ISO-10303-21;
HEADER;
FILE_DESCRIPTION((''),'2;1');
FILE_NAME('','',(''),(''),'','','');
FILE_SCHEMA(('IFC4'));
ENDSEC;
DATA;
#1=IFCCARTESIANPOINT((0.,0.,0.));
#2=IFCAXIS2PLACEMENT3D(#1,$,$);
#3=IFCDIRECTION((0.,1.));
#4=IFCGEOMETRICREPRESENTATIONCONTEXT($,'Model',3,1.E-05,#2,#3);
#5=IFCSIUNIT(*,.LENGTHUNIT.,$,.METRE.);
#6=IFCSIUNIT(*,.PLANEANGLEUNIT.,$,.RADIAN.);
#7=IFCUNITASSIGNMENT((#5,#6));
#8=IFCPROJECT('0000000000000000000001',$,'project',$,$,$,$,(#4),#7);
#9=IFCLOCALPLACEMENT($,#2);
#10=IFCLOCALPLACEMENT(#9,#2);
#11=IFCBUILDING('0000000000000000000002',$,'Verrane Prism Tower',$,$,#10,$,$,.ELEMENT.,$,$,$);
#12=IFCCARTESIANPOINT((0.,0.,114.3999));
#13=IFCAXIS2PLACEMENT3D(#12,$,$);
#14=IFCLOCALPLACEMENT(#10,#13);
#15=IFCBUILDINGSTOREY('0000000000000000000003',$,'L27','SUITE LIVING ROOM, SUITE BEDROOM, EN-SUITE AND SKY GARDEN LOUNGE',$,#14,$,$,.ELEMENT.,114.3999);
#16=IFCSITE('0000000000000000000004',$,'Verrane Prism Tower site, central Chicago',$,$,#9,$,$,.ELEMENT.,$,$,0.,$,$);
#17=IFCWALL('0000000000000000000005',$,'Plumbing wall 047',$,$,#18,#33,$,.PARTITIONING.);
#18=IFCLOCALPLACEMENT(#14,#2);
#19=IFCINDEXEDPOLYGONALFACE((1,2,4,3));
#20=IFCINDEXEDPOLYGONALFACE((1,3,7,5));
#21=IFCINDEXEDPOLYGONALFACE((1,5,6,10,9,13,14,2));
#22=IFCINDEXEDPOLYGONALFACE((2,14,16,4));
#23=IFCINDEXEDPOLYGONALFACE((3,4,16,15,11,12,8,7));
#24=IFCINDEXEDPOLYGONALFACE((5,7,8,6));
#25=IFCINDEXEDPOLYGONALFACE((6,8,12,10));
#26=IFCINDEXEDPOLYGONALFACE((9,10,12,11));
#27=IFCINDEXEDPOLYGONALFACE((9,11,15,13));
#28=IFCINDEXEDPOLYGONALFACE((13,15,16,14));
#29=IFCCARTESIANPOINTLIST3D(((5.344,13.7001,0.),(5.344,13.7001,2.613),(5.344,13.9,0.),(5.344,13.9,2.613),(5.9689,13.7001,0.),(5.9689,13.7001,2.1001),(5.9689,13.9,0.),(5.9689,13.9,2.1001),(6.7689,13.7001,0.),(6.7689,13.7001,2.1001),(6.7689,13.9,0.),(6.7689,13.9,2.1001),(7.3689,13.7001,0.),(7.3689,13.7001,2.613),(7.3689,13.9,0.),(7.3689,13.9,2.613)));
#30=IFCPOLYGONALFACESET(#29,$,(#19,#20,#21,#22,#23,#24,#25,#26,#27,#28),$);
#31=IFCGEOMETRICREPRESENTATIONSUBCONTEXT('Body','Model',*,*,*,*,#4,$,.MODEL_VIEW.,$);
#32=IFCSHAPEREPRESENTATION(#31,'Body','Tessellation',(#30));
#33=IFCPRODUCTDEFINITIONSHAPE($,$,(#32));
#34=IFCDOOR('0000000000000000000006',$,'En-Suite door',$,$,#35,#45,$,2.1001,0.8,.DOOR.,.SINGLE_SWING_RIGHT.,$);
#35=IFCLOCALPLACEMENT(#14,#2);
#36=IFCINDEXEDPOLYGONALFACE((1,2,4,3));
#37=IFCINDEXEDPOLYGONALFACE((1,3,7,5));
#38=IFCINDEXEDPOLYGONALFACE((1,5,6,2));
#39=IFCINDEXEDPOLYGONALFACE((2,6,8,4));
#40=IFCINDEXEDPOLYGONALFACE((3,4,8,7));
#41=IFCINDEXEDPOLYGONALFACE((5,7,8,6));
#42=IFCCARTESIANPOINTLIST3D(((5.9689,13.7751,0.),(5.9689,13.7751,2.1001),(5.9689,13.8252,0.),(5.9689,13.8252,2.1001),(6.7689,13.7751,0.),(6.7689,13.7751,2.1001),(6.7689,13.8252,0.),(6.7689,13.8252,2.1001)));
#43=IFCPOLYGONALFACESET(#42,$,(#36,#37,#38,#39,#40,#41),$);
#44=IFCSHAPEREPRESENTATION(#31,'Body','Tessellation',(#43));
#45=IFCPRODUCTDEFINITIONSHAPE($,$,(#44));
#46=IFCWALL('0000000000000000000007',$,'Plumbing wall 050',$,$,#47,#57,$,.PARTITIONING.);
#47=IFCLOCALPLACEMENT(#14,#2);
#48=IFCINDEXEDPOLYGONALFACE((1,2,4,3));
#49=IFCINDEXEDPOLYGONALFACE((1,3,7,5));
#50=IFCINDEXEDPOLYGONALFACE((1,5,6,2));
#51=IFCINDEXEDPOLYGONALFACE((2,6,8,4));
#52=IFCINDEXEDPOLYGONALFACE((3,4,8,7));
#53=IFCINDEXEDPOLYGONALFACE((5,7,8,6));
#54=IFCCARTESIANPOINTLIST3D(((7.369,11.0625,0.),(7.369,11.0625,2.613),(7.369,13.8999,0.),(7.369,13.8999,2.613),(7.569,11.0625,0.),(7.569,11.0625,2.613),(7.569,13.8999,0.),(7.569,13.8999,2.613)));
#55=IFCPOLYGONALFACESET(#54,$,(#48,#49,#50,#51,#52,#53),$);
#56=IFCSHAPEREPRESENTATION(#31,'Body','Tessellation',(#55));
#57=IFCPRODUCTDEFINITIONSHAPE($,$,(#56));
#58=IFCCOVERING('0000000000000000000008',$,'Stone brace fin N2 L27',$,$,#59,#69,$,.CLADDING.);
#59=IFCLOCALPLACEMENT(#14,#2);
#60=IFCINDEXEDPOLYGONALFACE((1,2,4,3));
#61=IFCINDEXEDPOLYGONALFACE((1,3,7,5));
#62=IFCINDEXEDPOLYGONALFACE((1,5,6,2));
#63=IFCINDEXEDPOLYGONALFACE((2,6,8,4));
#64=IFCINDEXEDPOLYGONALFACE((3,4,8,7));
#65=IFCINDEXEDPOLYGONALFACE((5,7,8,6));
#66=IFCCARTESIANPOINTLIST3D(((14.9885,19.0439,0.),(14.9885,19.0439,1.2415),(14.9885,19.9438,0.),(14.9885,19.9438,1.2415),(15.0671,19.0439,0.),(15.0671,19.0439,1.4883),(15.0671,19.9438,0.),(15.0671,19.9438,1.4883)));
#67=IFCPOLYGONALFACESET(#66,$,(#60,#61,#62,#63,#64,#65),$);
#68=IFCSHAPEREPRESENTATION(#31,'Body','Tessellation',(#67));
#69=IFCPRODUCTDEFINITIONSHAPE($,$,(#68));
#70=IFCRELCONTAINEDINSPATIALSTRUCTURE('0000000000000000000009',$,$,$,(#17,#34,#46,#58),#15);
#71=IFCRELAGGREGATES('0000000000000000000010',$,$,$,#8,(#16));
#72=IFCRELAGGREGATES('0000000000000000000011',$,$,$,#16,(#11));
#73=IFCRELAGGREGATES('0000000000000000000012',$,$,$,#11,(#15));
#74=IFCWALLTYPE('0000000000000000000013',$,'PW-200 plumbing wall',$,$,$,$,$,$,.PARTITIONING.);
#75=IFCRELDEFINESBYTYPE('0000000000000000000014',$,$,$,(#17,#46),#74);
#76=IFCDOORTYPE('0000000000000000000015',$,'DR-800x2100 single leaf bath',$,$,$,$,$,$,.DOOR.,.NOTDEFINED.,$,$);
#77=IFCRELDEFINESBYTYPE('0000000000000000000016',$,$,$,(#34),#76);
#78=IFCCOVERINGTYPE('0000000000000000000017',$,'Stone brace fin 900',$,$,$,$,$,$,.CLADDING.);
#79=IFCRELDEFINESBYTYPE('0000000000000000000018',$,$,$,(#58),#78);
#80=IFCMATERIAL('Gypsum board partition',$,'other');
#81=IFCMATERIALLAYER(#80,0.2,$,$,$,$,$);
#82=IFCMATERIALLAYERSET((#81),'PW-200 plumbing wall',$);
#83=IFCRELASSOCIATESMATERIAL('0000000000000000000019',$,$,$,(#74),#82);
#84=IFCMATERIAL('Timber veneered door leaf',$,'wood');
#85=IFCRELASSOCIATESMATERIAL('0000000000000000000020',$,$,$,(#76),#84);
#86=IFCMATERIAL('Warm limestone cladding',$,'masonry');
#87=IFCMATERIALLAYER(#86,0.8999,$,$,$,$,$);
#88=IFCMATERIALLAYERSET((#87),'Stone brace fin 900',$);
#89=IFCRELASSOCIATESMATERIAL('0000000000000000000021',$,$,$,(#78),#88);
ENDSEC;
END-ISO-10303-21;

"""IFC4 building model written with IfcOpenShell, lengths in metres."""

from ifc_helpers import new_model, si_unit, direction, frame, frame_2d, origin, place, context, subcontext, project, spatial, polyline, rectangle, outline, extrude, material, layer, layer_set, type_object, element, fill, save


model = new_model("IFC4")

# Units and contexts
model_context = context("Model", 3, precision=1e-05, world=origin(), true_north=direction((0.0, 1.0)))
body_context = subcontext(model_context, "Body", "Model", "MODEL_VIEW")
ifc_project = project(units=[si_unit("LENGTHUNIT", "METRE"), si_unit("PLANEANGLEUNIT", "RADIAN")], contexts=[model_context])

# Site, building, storey
site_placement = place(None, origin())
site = spatial("IfcSite", under=ifc_project, at=site_placement, Name="Verrane Prism Tower site, central Chicago", CompositionType="ELEMENT", RefElevation=0.0)
building_placement = place(site_placement, origin())
building = spatial("IfcBuilding", under=site, at=building_placement, Name="Verrane Prism Tower", CompositionType="ELEMENT")
storey_placement = place(building_placement, frame((0.0, 0.0, 114.3999)))
storey = spatial("IfcBuildingStorey", under=building, at=storey_placement, Name="L27", Description="SUITE LIVING ROOM, SUITE BEDROOM, EN-SUITE AND SKY GARDEN LOUNGE", CompositionType="ELEMENT", Elevation=114.3999)

# Shared definitions
ifc_material_1 = material(Name="Gypsum board partition", Category="other")
ifc_layer_1 = layer(ifc_material_1, 0.2)
ifc_layer_set_1 = layer_set([ifc_layer_1], Name="PW-200 plumbing wall")
wall_type_1 = type_object("IfcWallType", Name="PW-200 plumbing wall", PredefinedType="PARTITIONING", material=ifc_layer_set_1)

# Wall, opening, door
ifc_material_2 = material(Name="Timber veneered door leaf", Category="wood")
door_type_1 = type_object("IfcDoorType", Name="DR-800x2100 single leaf bath", OperationType="NOTDEFINED", PredefinedType="DOOR", material=ifc_material_2)
wall_1_placement = place(storey_placement, frame((7.3689, 13.8, 0.0), z_axis=(0.0, 0.0, 1.0), x_axis=(-1.0, 0.0, 0.0)))
wall_1 = element("IfcWall", 1, at=wall_1_placement, inside=storey, type_object=wall_type_1, Name="Plumbing wall 047", PredefinedType="PARTITIONING", context=body_context, shape_type="SweptSolid", body=[
    extrude(rectangle(XDim=2.0249, YDim=0.2, at=frame_2d((1.0125, 0.0))), origin(), (0.0, 0.0, 1.0), 2.613),
])
opening_1_placement = place(wall_1_placement, frame((0.6001, 0.0, 0.0)))
opening_1 = element("IfcOpeningElement", 2, at=opening_1_placement, cuts=wall_1, PredefinedType="OPENING", context=body_context, shape_type="SweptSolid", body=[
    extrude(rectangle(XDim=0.8, YDim=2.1001, at=frame_2d((0.3999, 1.05))), frame((0.0, 0.1099, 0.0), z_axis=(0.0, -1.0, 0.0), x_axis=(1.0, 0.0, 0.0)), (0.0, 0.0, 1.0), 0.22),
])
door_1_placement = place(opening_1_placement, origin())
door_1 = element("IfcDoor", 3, at=door_1_placement, inside=storey, type_object=door_type_1, Name="En-Suite door", OperationType="SINGLE_SWING_RIGHT", OverallHeight=2.1001, OverallWidth=0.8, PredefinedType="DOOR", context=body_context, shape_type="SweptSolid", body=[
    extrude(rectangle(XDim=0.8, YDim=2.1001, at=frame_2d((0.3999, 1.05))), frame((0.0, 0.0249, 0.0), z_axis=(0.0, -1.0, 0.0), x_axis=(1.0, 0.0, 0.0)), (0.0, 0.0, 1.0), 0.05),
])
fill(opening_1, door_1)

# Wall
wall_2_placement = place(storey_placement, frame((7.469, 11.0625, 0.0), z_axis=(0.0, 0.0, 1.0), x_axis=(0.0, 1.0, 0.0)))
element("IfcWall", 4, at=wall_2_placement, inside=storey, type_object=wall_type_1, Name="Plumbing wall 050", PredefinedType="PARTITIONING", context=body_context, shape_type="SweptSolid", body=[
    extrude(rectangle(XDim=2.8374, YDim=0.2, at=frame_2d((1.4187, 0.0))), origin(), (0.0, 0.0, 1.0), 2.613),
])

# Covering
ifc_material_3 = material(Name="Warm limestone cladding", Category="masonry")
ifc_layer_2 = layer(ifc_material_3, 0.8999)
ifc_layer_set_2 = layer_set([ifc_layer_2], Name="Stone brace fin 900")
covering_type = type_object("IfcCoveringType", Name="Stone brace fin 900", PredefinedType="CLADDING", material=ifc_layer_set_2)
covering_placement = place(storey_placement, frame((14.9885, 19.4939, 0.0), z_axis=(0.0, 0.0, 1.0), x_axis=(1.0, 0.0, 0.0)))
element("IfcCovering", 5, at=covering_placement, inside=storey, type_object=covering_type, Name="Stone brace fin N2 L27", PredefinedType="CLADDING", context=body_context, shape_type="SweptSolid", body=[
    extrude(outline(polyline([(0.0, 0.0), (0.0786, 0.0), (0.0786, 1.4883), (0.0, 1.2415), (0.0, 0.0)])), frame((0.0, 0.45, 0.0), z_axis=(0.0, -1.0, 0.0), x_axis=(1.0, 0.0, 0.0)), (0.0, 0.0, 1.0), 0.8999),
])

save(model, "model.ifc")
